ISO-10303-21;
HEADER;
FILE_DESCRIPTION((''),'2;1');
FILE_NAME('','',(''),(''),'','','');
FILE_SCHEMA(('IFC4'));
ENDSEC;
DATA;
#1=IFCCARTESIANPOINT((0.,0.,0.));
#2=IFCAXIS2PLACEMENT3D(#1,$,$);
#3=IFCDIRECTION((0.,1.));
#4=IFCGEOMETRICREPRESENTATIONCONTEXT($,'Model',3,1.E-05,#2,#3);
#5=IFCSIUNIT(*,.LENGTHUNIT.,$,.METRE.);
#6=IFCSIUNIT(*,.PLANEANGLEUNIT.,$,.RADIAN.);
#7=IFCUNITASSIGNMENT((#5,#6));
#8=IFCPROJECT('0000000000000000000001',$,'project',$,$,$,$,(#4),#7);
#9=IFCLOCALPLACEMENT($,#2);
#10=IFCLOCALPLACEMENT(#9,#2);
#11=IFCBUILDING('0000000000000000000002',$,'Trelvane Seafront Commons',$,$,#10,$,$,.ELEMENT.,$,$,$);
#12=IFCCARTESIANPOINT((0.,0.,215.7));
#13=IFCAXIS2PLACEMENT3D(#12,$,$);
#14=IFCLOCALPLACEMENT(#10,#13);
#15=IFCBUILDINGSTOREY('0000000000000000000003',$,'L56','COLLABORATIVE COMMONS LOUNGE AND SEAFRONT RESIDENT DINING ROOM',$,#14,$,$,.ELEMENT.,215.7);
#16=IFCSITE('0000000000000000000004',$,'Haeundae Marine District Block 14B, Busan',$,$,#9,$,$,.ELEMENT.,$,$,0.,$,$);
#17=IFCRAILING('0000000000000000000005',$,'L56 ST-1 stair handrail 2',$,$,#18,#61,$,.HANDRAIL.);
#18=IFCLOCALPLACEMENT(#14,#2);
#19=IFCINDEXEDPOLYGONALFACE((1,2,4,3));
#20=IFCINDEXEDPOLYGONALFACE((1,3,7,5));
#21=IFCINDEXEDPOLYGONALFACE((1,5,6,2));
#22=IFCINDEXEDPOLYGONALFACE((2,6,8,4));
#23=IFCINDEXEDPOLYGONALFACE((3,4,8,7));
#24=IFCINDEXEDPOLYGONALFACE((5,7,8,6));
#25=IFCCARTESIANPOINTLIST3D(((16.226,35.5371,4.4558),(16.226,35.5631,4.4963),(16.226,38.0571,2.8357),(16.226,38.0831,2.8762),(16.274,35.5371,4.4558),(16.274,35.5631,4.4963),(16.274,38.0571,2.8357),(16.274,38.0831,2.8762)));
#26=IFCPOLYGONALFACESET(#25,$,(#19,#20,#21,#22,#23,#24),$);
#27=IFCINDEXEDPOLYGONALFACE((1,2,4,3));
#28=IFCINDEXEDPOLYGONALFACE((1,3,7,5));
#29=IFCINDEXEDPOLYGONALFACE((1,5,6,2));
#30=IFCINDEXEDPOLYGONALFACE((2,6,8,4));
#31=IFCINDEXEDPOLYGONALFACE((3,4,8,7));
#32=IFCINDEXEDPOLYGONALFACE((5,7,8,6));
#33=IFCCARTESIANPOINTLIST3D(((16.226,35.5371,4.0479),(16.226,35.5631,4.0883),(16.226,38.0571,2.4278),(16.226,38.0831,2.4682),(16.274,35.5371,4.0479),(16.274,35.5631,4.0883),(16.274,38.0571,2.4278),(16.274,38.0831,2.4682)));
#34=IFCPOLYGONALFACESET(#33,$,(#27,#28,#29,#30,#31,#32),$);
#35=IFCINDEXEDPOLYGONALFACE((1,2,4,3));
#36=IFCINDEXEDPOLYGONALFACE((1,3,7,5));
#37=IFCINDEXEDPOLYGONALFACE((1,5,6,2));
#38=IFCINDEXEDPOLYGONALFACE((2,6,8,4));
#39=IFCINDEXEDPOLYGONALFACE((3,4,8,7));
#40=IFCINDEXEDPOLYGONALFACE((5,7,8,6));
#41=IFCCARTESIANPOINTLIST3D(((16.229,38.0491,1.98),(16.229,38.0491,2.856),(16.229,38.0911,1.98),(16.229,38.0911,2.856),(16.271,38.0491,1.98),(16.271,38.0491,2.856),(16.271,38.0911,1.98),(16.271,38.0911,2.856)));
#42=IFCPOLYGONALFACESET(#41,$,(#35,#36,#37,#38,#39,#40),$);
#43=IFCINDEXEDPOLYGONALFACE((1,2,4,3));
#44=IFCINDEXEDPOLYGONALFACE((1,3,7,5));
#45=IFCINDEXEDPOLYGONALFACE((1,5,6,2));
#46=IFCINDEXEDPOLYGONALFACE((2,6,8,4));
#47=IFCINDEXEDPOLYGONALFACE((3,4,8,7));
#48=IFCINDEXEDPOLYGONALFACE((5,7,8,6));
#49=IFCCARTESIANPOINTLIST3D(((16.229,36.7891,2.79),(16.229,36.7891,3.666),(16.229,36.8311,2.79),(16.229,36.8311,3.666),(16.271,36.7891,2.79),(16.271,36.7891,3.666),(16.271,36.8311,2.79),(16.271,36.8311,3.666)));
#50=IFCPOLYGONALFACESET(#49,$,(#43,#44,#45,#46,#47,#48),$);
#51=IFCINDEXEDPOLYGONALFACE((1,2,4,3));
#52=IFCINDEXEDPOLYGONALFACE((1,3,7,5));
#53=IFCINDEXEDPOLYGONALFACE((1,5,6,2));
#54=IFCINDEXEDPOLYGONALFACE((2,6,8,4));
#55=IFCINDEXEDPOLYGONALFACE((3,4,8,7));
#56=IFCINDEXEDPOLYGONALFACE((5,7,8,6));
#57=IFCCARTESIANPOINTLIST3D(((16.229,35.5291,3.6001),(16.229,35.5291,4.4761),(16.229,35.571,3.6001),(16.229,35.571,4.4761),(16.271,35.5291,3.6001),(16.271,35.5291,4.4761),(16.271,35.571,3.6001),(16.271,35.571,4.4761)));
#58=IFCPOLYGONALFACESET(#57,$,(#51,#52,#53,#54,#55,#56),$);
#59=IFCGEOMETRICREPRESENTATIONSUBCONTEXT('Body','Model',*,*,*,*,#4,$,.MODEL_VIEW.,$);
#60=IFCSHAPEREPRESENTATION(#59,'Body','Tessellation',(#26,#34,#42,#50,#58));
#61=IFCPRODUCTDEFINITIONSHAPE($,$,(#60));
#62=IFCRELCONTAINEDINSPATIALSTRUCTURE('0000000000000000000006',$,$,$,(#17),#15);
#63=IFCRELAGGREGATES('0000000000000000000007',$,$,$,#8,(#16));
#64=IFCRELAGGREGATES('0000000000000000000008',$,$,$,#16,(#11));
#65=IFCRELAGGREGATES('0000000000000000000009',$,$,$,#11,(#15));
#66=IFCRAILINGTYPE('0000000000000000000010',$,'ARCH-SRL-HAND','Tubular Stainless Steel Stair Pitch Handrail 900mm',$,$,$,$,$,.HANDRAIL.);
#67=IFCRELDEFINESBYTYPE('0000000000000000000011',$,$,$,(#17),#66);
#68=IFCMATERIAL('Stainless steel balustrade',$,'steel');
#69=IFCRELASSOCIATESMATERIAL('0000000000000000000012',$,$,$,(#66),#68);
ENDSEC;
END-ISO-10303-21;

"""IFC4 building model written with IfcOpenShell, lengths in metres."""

from ifc_helpers import new_model, si_unit, direction, frame, origin, origin_2d, place, context, subcontext, project, spatial, rectangle, extrude, material, type_object, element, save


model = new_model("IFC4")

# Units and contexts
model_context = context("Model", 3, precision=1e-05, world=origin(), true_north=direction((0.0, 1.0)))
body_context = subcontext(model_context, "Body", "Model", "MODEL_VIEW")
ifc_project = project(units=[si_unit("LENGTHUNIT", "METRE"), si_unit("PLANEANGLEUNIT", "RADIAN")], contexts=[model_context])

# Site, building, storey
site_placement = place(None, origin())
site = spatial("IfcSite", under=ifc_project, at=site_placement, Name="Haeundae Marine District Block 14B, Busan", CompositionType="ELEMENT", RefElevation=0.0)
building_placement = place(site_placement, origin())
building = spatial("IfcBuilding", under=site, at=building_placement, Name="Trelvane Seafront Commons", CompositionType="ELEMENT")
storey_placement = place(building_placement, frame((0.0, 0.0, 215.7)))
storey = spatial("IfcBuildingStorey", under=building, at=storey_placement, Name="L56", Description="COLLABORATIVE COMMONS LOUNGE AND SEAFRONT RESIDENT DINING ROOM", CompositionType="ELEMENT", Elevation=215.7)

# Railing
ifc_material_1 = material(Name="Stainless steel balustrade", Category="steel")
railing_type = type_object("IfcRailingType", Name="ARCH-SRL-HAND", Description="Tubular Stainless Steel Stair Pitch Handrail 900mm", PredefinedType="HANDRAIL", material=ifc_material_1)
railing_placement = place(storey_placement, frame((16.25, 38.0701, 1.98)))
element("IfcRailing", 1, at=railing_placement, inside=storey, type_object=railing_type, Name="L56 ST-1 stair handrail 2", PredefinedType="HANDRAIL", context=body_context, shape_type="SweptSolid", body=[
    extrude(rectangle(XDim=0.0481, YDim=0.0481, at=origin_2d()), frame((0.0, 0.0, 0.876), z_axis=(0.0, -0.841163, 0.540782), x_axis=(1.0, 0.0, 0.0)), (0.0, 0.0, 1.0), 2.9958),
    extrude(rectangle(XDim=0.0481, YDim=0.0481, at=origin_2d()), frame((0.0, 0.0, 0.468), z_axis=(0.0, -0.841163, 0.540782), x_axis=(1.0, 0.0, 0.0)), (0.0, 0.0, 1.0), 2.9958),
    extrude(rectangle(XDim=0.042, YDim=0.042, at=origin_2d()), origin(), (0.0, 0.0, 1.0), 0.876),
    extrude(rectangle(XDim=0.042, YDim=0.042, at=origin_2d()), frame((0.0, -1.26, 0.8101)), (0.0, 0.0, 1.0), 0.876),
    extrude(rectangle(XDim=0.042, YDim=0.042, at=origin_2d()), frame((0.0, -2.52, 1.6201)), (0.0, 0.0, 1.0), 0.876),
])

save(model, "model.ifc")
